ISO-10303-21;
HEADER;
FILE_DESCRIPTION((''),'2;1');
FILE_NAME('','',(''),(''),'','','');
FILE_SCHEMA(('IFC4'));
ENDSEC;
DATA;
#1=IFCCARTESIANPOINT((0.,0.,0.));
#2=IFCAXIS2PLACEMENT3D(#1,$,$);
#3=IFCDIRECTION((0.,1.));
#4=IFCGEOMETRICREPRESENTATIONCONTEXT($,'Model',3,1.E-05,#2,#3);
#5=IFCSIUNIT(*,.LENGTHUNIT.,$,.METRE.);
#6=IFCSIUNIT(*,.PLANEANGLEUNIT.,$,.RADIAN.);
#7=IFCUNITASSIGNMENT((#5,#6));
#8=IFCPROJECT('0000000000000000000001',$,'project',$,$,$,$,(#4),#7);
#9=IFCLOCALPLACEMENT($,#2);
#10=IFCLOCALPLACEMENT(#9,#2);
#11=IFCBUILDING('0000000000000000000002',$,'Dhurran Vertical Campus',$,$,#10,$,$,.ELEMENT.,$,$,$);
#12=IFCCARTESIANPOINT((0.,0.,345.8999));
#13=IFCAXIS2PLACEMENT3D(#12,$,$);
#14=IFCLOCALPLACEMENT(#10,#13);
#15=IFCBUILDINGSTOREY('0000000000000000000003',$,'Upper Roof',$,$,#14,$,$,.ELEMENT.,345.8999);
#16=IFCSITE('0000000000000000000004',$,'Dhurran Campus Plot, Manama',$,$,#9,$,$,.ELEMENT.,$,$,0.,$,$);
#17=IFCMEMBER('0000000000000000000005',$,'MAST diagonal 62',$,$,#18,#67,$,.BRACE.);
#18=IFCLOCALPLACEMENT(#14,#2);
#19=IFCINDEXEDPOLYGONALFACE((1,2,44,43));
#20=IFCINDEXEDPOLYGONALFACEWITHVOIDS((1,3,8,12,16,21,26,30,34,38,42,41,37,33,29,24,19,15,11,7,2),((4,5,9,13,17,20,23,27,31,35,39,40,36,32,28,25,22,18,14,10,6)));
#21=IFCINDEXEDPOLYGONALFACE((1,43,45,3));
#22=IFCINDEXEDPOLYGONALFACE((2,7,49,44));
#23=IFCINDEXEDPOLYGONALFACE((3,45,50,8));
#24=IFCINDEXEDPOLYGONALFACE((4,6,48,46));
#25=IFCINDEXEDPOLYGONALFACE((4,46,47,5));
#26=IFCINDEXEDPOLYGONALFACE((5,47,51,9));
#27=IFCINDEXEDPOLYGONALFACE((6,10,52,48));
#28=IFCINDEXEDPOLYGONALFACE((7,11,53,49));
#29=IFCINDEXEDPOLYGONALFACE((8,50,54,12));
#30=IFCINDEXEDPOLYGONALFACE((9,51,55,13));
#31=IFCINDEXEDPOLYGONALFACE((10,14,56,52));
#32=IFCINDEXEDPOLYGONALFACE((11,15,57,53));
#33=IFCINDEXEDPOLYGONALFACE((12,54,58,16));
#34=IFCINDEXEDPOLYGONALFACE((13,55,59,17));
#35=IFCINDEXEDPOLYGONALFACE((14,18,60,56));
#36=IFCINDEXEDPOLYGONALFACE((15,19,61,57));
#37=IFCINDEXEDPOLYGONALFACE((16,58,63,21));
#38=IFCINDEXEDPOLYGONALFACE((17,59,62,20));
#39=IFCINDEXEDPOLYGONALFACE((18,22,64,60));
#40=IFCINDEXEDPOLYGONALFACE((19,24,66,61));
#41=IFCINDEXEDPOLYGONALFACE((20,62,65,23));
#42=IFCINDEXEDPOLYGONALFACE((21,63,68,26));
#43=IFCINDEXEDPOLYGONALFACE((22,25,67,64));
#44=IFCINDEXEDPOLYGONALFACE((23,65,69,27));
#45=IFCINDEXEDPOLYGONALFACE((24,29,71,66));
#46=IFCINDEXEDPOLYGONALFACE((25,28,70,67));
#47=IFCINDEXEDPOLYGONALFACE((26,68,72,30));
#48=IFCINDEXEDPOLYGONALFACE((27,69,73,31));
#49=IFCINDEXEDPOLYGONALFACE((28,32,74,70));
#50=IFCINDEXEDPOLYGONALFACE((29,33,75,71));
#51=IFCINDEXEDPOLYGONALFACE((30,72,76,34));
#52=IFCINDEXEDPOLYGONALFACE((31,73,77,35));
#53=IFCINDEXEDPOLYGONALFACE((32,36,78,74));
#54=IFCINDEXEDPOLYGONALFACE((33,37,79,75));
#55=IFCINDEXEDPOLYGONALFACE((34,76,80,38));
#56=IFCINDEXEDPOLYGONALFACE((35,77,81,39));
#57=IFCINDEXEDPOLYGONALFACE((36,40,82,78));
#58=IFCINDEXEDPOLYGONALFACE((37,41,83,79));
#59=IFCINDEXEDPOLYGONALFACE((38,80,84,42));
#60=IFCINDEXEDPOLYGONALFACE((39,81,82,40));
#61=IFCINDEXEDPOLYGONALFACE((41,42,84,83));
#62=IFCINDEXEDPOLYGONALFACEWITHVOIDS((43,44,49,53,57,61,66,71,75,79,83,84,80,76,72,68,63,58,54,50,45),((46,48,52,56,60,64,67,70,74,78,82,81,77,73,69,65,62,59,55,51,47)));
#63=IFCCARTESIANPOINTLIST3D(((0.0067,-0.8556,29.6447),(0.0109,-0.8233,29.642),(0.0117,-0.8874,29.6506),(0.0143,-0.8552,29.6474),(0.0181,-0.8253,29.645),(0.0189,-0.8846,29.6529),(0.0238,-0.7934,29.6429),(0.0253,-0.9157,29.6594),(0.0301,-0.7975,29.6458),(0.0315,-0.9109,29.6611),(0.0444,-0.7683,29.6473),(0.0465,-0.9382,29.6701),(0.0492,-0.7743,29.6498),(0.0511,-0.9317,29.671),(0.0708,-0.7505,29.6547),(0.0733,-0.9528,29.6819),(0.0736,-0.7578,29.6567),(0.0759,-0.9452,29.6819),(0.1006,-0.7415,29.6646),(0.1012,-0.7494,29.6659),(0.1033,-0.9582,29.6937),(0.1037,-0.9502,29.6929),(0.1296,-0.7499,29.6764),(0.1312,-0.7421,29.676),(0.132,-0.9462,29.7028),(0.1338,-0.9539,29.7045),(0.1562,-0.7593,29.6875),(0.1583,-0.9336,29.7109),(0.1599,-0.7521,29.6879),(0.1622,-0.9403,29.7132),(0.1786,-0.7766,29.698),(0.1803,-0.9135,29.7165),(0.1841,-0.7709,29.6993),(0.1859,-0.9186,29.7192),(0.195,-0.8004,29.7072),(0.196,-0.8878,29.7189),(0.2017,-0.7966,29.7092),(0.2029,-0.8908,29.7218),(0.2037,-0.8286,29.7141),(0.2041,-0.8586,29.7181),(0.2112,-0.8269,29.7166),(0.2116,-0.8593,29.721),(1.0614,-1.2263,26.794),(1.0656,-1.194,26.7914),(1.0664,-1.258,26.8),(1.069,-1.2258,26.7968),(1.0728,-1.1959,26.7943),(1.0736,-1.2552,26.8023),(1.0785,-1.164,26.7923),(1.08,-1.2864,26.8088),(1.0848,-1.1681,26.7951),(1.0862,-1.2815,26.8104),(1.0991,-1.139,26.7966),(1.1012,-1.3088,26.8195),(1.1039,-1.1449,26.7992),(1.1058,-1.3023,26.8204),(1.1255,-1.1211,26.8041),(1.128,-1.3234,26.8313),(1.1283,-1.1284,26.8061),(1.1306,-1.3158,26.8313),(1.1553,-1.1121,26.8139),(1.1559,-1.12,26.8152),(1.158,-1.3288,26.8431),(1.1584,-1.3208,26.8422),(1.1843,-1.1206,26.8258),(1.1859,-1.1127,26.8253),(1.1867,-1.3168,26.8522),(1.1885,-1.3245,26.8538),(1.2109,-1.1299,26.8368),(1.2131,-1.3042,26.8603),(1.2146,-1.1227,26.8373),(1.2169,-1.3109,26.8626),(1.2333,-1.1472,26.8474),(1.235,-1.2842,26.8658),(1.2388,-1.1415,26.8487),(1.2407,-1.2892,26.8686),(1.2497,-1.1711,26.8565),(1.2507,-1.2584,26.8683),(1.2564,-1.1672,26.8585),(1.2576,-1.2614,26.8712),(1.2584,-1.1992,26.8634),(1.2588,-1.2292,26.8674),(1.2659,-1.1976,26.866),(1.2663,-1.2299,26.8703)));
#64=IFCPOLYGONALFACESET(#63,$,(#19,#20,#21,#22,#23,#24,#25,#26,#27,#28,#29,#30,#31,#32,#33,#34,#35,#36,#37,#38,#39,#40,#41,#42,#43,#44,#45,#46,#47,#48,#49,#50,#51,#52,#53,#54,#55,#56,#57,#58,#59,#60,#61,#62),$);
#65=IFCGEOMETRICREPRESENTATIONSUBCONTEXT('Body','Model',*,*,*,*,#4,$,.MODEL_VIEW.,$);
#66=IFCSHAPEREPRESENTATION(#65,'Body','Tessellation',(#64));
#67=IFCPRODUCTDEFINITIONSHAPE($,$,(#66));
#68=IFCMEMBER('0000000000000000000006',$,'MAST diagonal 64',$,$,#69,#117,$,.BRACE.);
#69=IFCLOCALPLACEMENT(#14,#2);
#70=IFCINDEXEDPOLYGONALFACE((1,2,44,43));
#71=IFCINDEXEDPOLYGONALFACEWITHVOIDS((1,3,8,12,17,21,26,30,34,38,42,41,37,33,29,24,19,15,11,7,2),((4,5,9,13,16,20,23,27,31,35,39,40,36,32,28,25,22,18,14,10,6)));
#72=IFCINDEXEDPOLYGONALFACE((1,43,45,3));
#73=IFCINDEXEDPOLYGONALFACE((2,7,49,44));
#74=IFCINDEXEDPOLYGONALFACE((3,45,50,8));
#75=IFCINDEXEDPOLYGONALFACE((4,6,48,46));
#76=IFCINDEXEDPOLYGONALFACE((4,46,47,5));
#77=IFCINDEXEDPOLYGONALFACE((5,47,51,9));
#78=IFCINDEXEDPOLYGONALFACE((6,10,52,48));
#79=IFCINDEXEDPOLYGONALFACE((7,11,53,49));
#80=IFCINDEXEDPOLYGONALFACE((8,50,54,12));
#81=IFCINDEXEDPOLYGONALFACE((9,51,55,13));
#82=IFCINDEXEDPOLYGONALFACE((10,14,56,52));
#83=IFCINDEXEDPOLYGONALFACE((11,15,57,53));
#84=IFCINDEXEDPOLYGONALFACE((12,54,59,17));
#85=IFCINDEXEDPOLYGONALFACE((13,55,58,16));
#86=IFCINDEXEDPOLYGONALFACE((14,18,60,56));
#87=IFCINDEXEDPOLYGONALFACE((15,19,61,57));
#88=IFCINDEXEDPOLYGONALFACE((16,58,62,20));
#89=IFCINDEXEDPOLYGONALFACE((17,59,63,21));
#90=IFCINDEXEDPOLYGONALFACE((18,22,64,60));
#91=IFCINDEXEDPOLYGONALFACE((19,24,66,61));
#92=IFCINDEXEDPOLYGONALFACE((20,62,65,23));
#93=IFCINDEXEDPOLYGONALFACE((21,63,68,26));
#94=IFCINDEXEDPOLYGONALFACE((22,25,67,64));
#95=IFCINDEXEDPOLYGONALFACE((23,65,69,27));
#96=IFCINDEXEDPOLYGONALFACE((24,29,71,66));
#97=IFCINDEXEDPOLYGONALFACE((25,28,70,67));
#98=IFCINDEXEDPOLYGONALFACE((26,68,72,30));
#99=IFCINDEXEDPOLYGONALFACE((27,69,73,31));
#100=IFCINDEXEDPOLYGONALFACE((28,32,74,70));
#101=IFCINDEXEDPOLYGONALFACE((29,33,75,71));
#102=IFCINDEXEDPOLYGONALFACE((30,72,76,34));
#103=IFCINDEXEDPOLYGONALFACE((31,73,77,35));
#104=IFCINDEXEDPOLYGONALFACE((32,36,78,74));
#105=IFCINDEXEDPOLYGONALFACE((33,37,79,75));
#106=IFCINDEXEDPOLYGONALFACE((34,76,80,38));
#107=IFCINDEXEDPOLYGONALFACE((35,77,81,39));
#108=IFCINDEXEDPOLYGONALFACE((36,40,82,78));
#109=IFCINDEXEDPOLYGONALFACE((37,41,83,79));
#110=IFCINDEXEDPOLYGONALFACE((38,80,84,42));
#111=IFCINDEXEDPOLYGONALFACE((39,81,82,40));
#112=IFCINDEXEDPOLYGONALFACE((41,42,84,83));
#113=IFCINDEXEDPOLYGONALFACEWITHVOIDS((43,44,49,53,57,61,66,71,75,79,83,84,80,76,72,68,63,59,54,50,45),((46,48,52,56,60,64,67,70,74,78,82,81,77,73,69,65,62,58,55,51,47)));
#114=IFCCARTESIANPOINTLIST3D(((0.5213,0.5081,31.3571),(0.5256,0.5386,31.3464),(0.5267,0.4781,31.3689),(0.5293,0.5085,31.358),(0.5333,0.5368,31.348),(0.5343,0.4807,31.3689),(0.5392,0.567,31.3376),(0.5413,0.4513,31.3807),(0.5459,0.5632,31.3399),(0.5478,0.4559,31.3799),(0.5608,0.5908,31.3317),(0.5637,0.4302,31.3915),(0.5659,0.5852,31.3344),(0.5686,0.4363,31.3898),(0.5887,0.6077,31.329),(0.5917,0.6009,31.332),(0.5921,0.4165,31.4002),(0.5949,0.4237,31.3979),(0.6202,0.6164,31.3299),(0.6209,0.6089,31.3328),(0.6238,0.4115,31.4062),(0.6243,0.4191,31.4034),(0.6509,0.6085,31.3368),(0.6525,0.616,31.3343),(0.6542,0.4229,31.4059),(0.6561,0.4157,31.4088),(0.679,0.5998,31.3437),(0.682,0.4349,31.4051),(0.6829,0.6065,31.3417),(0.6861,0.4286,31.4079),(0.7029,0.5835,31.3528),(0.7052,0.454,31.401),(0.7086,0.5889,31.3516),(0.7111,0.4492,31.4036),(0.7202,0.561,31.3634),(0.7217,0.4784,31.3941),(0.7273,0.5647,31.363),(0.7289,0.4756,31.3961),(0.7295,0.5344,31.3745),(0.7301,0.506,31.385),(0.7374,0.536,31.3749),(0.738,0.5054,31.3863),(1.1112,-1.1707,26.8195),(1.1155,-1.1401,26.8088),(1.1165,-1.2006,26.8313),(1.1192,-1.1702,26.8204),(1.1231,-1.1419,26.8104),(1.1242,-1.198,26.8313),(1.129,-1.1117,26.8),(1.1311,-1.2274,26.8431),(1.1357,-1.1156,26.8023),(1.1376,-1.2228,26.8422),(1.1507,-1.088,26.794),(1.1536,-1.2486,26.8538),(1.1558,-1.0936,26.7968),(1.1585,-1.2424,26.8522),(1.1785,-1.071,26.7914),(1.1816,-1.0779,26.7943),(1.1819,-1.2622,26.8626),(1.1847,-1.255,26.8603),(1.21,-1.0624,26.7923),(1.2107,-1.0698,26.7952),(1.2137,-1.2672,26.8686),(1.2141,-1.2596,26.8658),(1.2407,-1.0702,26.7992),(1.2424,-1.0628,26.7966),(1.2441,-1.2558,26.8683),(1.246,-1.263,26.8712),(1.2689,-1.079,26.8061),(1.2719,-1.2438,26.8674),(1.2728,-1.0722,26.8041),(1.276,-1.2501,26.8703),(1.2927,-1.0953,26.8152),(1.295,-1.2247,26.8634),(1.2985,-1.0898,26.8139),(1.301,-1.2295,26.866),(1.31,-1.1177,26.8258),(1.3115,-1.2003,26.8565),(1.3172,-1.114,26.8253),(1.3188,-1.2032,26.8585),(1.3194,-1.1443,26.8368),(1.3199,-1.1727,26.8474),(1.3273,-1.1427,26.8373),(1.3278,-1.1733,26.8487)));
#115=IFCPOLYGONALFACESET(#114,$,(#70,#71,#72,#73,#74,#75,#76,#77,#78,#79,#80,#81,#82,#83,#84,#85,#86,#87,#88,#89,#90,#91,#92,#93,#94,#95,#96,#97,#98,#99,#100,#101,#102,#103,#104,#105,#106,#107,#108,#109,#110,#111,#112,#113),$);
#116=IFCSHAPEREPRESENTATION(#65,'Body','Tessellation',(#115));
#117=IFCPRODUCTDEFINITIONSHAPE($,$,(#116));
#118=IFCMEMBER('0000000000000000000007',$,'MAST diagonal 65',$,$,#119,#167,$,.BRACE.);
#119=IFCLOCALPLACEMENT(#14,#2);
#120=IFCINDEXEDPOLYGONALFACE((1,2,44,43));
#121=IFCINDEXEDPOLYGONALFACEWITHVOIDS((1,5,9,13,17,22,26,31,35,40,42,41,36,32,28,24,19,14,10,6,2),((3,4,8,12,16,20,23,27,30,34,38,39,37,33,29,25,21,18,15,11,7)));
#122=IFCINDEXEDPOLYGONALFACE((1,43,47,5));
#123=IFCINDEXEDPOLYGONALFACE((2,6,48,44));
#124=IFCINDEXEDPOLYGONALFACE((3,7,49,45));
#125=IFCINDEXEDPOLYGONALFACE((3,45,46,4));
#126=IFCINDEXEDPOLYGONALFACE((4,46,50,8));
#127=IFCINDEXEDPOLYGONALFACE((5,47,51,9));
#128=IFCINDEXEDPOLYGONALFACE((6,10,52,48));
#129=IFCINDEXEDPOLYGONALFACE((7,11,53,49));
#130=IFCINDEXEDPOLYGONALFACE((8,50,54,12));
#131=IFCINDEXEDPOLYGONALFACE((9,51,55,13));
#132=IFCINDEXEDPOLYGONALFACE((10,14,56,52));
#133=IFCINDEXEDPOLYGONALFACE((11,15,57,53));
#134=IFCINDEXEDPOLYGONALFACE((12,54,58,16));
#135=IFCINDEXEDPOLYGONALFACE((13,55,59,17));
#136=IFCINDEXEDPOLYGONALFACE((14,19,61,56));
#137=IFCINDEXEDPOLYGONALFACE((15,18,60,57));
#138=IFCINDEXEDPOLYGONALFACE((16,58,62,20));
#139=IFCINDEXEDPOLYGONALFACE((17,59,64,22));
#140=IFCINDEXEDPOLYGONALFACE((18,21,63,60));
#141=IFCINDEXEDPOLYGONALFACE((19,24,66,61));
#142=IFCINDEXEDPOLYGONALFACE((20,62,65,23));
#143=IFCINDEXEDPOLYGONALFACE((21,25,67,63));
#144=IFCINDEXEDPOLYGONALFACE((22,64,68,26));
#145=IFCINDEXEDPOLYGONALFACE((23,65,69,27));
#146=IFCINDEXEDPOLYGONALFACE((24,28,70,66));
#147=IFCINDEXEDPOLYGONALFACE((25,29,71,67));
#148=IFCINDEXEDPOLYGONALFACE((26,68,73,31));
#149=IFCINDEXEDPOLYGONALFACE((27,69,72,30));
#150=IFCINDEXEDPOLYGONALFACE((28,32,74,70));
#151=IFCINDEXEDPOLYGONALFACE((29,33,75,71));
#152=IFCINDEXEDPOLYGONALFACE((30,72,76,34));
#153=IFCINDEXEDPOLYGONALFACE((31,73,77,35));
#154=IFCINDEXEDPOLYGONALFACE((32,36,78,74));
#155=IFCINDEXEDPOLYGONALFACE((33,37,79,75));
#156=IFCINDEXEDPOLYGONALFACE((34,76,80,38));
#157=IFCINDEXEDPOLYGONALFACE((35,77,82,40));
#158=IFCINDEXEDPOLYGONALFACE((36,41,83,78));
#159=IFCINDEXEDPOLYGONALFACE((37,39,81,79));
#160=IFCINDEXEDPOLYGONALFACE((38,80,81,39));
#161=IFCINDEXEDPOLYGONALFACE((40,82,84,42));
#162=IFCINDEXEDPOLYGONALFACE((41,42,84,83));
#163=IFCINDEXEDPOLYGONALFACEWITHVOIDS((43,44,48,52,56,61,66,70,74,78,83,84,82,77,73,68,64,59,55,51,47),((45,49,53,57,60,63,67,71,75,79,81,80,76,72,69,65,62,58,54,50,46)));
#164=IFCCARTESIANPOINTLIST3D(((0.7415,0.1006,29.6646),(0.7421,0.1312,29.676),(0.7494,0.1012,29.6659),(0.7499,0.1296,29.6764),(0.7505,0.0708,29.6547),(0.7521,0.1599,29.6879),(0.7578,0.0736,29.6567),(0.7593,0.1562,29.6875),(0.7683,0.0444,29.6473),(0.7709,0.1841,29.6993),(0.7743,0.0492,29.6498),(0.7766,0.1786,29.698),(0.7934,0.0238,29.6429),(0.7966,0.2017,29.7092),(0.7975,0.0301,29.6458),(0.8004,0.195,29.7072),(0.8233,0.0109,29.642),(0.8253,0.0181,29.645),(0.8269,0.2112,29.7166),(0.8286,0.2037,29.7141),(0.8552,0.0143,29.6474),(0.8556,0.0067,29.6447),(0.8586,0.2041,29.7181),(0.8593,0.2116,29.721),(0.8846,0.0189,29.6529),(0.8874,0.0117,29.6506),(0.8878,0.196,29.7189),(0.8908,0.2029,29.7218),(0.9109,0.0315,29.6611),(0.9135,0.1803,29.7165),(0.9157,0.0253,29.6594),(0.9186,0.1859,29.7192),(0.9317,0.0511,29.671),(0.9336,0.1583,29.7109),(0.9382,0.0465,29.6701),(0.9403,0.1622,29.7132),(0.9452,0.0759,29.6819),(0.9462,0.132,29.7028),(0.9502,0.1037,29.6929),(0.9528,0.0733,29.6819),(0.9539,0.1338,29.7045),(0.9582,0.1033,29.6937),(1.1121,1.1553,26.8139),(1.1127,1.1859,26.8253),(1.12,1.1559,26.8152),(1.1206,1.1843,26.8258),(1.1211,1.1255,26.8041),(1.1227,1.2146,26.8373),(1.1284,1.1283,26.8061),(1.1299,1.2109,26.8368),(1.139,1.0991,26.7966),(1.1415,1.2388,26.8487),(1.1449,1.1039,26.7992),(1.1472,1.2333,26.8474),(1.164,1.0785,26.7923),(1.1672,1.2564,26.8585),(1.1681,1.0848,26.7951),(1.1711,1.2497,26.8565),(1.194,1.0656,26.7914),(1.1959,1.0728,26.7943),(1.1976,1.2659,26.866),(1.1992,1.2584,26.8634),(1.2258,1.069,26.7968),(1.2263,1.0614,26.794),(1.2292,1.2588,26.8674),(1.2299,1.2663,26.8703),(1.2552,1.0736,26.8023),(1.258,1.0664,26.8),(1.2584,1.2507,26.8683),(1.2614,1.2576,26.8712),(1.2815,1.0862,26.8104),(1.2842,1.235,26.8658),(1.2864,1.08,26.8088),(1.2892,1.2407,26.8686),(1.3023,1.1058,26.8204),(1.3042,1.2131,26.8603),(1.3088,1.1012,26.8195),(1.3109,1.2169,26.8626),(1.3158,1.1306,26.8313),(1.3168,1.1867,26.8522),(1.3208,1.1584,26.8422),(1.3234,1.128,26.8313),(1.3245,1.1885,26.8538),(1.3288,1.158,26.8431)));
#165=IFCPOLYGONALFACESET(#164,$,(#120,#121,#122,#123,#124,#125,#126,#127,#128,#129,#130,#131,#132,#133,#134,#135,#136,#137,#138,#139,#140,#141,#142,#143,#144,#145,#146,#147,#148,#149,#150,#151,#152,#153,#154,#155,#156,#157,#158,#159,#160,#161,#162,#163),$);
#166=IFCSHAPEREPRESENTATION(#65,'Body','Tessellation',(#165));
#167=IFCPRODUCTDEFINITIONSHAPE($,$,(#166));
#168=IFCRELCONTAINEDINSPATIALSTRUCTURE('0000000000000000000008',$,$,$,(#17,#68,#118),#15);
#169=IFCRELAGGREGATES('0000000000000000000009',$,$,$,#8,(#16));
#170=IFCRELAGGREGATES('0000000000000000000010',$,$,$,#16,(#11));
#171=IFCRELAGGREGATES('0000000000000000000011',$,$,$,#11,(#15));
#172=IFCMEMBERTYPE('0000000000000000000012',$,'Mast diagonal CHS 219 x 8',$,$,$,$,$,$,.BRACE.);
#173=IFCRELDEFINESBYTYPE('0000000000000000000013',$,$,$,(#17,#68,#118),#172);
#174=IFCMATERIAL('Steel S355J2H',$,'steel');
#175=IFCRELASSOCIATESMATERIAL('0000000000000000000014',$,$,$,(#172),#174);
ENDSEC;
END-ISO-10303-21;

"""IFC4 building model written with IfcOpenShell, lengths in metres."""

from ifc_helpers import new_model, si_unit, direction, frame, origin, origin_2d, place, context, subcontext, project, spatial, hollow_circle, extrude, material, material_profile, profile_set, type_object, element, save


model = new_model("IFC4")

# Units and contexts
model_context = context("Model", 3, precision=1e-05, world=origin(), true_north=direction((0.0, 1.0)))
body_context = subcontext(model_context, "Body", "Model", "MODEL_VIEW")
ifc_project = project(units=[si_unit("LENGTHUNIT", "METRE"), si_unit("PLANEANGLEUNIT", "RADIAN")], contexts=[model_context])

# Site, building, storey
site_placement = place(None, origin())
site = spatial("IfcSite", under=ifc_project, at=site_placement, Name="Dhurran Campus Plot, Manama", CompositionType="ELEMENT", RefElevation=0.0)
building_placement = place(site_placement, origin())
building = spatial("IfcBuilding", under=site, at=building_placement, Name="Dhurran Vertical Campus", CompositionType="ELEMENT")
storey_placement = place(building_placement, frame((0.0, 0.0, 345.8999)))
storey = spatial("IfcBuildingStorey", under=building, at=storey_placement, Name="Upper Roof", CompositionType="ELEMENT", Elevation=345.8999)

# Members
ifc_material_1 = material(Name="Steel S355J2H", Category="steel")
ifc_material_profile_1 = material_profile(ifc_material_1, hollow_circle(Radius=0.1096, WallThickness=0.0081, at=origin_2d()), Name="CHS219x8")
ifc_profile_set_1 = profile_set([ifc_material_profile_1], Name="Steel S355J2H")
member_type_1 = type_object("IfcMemberType", Name="Mast diagonal CHS 219 x 8", PredefinedType="BRACE", material=ifc_profile_set_1)
member_1_placement = place(storey_placement, frame((1.1643, -1.22, 26.8313), z_axis=(-0.344449, 0.121036, 0.93097), x_axis=(-0.331518, -0.943449, 0.0)))
element("IfcMember", 1, at=member_1_placement, inside=storey, type_object=member_type_1, Name="MAST diagonal 62", PredefinedType="BRACE", context=body_context, shape_type="SweptSolid", body=[
    extrude(hollow_circle(Radius=0.1096, WallThickness=0.0081, at=origin_2d()), origin(), (0.0, 0.0, 1.0), 3.062),
])
member_2_placement = place(storey_placement, frame((1.22, -1.1643, 26.8313), z_axis=(-0.121019, 0.344422, 0.930982), x_axis=(-0.943456, -0.331499, 0.0)))
element("IfcMember", 2, at=member_2_placement, inside=storey, type_object=member_type_1, Name="MAST diagonal 64", PredefinedType="BRACE", context=body_context, shape_type="SweptSolid", body=[
    extrude(hollow_circle(Radius=0.1096, WallThickness=0.0081, at=origin_2d()), origin(), (0.0, 0.0, 1.0), 4.874),
])
member_3_placement = place(storey_placement, frame((1.22, 1.1643, 26.8313), z_axis=(-0.121036, -0.344449, 0.93097), x_axis=(0.943449, -0.331518, 0.0)))
element("IfcMember", 3, at=member_3_placement, inside=storey, type_object=member_type_1, Name="MAST diagonal 65", PredefinedType="BRACE", context=body_context, shape_type="SweptSolid", body=[
    extrude(hollow_circle(Radius=0.1096, WallThickness=0.0081, at=origin_2d()), origin(), (0.0, 0.0, 1.0), 3.062),
])

save(model, "model.ifc")
